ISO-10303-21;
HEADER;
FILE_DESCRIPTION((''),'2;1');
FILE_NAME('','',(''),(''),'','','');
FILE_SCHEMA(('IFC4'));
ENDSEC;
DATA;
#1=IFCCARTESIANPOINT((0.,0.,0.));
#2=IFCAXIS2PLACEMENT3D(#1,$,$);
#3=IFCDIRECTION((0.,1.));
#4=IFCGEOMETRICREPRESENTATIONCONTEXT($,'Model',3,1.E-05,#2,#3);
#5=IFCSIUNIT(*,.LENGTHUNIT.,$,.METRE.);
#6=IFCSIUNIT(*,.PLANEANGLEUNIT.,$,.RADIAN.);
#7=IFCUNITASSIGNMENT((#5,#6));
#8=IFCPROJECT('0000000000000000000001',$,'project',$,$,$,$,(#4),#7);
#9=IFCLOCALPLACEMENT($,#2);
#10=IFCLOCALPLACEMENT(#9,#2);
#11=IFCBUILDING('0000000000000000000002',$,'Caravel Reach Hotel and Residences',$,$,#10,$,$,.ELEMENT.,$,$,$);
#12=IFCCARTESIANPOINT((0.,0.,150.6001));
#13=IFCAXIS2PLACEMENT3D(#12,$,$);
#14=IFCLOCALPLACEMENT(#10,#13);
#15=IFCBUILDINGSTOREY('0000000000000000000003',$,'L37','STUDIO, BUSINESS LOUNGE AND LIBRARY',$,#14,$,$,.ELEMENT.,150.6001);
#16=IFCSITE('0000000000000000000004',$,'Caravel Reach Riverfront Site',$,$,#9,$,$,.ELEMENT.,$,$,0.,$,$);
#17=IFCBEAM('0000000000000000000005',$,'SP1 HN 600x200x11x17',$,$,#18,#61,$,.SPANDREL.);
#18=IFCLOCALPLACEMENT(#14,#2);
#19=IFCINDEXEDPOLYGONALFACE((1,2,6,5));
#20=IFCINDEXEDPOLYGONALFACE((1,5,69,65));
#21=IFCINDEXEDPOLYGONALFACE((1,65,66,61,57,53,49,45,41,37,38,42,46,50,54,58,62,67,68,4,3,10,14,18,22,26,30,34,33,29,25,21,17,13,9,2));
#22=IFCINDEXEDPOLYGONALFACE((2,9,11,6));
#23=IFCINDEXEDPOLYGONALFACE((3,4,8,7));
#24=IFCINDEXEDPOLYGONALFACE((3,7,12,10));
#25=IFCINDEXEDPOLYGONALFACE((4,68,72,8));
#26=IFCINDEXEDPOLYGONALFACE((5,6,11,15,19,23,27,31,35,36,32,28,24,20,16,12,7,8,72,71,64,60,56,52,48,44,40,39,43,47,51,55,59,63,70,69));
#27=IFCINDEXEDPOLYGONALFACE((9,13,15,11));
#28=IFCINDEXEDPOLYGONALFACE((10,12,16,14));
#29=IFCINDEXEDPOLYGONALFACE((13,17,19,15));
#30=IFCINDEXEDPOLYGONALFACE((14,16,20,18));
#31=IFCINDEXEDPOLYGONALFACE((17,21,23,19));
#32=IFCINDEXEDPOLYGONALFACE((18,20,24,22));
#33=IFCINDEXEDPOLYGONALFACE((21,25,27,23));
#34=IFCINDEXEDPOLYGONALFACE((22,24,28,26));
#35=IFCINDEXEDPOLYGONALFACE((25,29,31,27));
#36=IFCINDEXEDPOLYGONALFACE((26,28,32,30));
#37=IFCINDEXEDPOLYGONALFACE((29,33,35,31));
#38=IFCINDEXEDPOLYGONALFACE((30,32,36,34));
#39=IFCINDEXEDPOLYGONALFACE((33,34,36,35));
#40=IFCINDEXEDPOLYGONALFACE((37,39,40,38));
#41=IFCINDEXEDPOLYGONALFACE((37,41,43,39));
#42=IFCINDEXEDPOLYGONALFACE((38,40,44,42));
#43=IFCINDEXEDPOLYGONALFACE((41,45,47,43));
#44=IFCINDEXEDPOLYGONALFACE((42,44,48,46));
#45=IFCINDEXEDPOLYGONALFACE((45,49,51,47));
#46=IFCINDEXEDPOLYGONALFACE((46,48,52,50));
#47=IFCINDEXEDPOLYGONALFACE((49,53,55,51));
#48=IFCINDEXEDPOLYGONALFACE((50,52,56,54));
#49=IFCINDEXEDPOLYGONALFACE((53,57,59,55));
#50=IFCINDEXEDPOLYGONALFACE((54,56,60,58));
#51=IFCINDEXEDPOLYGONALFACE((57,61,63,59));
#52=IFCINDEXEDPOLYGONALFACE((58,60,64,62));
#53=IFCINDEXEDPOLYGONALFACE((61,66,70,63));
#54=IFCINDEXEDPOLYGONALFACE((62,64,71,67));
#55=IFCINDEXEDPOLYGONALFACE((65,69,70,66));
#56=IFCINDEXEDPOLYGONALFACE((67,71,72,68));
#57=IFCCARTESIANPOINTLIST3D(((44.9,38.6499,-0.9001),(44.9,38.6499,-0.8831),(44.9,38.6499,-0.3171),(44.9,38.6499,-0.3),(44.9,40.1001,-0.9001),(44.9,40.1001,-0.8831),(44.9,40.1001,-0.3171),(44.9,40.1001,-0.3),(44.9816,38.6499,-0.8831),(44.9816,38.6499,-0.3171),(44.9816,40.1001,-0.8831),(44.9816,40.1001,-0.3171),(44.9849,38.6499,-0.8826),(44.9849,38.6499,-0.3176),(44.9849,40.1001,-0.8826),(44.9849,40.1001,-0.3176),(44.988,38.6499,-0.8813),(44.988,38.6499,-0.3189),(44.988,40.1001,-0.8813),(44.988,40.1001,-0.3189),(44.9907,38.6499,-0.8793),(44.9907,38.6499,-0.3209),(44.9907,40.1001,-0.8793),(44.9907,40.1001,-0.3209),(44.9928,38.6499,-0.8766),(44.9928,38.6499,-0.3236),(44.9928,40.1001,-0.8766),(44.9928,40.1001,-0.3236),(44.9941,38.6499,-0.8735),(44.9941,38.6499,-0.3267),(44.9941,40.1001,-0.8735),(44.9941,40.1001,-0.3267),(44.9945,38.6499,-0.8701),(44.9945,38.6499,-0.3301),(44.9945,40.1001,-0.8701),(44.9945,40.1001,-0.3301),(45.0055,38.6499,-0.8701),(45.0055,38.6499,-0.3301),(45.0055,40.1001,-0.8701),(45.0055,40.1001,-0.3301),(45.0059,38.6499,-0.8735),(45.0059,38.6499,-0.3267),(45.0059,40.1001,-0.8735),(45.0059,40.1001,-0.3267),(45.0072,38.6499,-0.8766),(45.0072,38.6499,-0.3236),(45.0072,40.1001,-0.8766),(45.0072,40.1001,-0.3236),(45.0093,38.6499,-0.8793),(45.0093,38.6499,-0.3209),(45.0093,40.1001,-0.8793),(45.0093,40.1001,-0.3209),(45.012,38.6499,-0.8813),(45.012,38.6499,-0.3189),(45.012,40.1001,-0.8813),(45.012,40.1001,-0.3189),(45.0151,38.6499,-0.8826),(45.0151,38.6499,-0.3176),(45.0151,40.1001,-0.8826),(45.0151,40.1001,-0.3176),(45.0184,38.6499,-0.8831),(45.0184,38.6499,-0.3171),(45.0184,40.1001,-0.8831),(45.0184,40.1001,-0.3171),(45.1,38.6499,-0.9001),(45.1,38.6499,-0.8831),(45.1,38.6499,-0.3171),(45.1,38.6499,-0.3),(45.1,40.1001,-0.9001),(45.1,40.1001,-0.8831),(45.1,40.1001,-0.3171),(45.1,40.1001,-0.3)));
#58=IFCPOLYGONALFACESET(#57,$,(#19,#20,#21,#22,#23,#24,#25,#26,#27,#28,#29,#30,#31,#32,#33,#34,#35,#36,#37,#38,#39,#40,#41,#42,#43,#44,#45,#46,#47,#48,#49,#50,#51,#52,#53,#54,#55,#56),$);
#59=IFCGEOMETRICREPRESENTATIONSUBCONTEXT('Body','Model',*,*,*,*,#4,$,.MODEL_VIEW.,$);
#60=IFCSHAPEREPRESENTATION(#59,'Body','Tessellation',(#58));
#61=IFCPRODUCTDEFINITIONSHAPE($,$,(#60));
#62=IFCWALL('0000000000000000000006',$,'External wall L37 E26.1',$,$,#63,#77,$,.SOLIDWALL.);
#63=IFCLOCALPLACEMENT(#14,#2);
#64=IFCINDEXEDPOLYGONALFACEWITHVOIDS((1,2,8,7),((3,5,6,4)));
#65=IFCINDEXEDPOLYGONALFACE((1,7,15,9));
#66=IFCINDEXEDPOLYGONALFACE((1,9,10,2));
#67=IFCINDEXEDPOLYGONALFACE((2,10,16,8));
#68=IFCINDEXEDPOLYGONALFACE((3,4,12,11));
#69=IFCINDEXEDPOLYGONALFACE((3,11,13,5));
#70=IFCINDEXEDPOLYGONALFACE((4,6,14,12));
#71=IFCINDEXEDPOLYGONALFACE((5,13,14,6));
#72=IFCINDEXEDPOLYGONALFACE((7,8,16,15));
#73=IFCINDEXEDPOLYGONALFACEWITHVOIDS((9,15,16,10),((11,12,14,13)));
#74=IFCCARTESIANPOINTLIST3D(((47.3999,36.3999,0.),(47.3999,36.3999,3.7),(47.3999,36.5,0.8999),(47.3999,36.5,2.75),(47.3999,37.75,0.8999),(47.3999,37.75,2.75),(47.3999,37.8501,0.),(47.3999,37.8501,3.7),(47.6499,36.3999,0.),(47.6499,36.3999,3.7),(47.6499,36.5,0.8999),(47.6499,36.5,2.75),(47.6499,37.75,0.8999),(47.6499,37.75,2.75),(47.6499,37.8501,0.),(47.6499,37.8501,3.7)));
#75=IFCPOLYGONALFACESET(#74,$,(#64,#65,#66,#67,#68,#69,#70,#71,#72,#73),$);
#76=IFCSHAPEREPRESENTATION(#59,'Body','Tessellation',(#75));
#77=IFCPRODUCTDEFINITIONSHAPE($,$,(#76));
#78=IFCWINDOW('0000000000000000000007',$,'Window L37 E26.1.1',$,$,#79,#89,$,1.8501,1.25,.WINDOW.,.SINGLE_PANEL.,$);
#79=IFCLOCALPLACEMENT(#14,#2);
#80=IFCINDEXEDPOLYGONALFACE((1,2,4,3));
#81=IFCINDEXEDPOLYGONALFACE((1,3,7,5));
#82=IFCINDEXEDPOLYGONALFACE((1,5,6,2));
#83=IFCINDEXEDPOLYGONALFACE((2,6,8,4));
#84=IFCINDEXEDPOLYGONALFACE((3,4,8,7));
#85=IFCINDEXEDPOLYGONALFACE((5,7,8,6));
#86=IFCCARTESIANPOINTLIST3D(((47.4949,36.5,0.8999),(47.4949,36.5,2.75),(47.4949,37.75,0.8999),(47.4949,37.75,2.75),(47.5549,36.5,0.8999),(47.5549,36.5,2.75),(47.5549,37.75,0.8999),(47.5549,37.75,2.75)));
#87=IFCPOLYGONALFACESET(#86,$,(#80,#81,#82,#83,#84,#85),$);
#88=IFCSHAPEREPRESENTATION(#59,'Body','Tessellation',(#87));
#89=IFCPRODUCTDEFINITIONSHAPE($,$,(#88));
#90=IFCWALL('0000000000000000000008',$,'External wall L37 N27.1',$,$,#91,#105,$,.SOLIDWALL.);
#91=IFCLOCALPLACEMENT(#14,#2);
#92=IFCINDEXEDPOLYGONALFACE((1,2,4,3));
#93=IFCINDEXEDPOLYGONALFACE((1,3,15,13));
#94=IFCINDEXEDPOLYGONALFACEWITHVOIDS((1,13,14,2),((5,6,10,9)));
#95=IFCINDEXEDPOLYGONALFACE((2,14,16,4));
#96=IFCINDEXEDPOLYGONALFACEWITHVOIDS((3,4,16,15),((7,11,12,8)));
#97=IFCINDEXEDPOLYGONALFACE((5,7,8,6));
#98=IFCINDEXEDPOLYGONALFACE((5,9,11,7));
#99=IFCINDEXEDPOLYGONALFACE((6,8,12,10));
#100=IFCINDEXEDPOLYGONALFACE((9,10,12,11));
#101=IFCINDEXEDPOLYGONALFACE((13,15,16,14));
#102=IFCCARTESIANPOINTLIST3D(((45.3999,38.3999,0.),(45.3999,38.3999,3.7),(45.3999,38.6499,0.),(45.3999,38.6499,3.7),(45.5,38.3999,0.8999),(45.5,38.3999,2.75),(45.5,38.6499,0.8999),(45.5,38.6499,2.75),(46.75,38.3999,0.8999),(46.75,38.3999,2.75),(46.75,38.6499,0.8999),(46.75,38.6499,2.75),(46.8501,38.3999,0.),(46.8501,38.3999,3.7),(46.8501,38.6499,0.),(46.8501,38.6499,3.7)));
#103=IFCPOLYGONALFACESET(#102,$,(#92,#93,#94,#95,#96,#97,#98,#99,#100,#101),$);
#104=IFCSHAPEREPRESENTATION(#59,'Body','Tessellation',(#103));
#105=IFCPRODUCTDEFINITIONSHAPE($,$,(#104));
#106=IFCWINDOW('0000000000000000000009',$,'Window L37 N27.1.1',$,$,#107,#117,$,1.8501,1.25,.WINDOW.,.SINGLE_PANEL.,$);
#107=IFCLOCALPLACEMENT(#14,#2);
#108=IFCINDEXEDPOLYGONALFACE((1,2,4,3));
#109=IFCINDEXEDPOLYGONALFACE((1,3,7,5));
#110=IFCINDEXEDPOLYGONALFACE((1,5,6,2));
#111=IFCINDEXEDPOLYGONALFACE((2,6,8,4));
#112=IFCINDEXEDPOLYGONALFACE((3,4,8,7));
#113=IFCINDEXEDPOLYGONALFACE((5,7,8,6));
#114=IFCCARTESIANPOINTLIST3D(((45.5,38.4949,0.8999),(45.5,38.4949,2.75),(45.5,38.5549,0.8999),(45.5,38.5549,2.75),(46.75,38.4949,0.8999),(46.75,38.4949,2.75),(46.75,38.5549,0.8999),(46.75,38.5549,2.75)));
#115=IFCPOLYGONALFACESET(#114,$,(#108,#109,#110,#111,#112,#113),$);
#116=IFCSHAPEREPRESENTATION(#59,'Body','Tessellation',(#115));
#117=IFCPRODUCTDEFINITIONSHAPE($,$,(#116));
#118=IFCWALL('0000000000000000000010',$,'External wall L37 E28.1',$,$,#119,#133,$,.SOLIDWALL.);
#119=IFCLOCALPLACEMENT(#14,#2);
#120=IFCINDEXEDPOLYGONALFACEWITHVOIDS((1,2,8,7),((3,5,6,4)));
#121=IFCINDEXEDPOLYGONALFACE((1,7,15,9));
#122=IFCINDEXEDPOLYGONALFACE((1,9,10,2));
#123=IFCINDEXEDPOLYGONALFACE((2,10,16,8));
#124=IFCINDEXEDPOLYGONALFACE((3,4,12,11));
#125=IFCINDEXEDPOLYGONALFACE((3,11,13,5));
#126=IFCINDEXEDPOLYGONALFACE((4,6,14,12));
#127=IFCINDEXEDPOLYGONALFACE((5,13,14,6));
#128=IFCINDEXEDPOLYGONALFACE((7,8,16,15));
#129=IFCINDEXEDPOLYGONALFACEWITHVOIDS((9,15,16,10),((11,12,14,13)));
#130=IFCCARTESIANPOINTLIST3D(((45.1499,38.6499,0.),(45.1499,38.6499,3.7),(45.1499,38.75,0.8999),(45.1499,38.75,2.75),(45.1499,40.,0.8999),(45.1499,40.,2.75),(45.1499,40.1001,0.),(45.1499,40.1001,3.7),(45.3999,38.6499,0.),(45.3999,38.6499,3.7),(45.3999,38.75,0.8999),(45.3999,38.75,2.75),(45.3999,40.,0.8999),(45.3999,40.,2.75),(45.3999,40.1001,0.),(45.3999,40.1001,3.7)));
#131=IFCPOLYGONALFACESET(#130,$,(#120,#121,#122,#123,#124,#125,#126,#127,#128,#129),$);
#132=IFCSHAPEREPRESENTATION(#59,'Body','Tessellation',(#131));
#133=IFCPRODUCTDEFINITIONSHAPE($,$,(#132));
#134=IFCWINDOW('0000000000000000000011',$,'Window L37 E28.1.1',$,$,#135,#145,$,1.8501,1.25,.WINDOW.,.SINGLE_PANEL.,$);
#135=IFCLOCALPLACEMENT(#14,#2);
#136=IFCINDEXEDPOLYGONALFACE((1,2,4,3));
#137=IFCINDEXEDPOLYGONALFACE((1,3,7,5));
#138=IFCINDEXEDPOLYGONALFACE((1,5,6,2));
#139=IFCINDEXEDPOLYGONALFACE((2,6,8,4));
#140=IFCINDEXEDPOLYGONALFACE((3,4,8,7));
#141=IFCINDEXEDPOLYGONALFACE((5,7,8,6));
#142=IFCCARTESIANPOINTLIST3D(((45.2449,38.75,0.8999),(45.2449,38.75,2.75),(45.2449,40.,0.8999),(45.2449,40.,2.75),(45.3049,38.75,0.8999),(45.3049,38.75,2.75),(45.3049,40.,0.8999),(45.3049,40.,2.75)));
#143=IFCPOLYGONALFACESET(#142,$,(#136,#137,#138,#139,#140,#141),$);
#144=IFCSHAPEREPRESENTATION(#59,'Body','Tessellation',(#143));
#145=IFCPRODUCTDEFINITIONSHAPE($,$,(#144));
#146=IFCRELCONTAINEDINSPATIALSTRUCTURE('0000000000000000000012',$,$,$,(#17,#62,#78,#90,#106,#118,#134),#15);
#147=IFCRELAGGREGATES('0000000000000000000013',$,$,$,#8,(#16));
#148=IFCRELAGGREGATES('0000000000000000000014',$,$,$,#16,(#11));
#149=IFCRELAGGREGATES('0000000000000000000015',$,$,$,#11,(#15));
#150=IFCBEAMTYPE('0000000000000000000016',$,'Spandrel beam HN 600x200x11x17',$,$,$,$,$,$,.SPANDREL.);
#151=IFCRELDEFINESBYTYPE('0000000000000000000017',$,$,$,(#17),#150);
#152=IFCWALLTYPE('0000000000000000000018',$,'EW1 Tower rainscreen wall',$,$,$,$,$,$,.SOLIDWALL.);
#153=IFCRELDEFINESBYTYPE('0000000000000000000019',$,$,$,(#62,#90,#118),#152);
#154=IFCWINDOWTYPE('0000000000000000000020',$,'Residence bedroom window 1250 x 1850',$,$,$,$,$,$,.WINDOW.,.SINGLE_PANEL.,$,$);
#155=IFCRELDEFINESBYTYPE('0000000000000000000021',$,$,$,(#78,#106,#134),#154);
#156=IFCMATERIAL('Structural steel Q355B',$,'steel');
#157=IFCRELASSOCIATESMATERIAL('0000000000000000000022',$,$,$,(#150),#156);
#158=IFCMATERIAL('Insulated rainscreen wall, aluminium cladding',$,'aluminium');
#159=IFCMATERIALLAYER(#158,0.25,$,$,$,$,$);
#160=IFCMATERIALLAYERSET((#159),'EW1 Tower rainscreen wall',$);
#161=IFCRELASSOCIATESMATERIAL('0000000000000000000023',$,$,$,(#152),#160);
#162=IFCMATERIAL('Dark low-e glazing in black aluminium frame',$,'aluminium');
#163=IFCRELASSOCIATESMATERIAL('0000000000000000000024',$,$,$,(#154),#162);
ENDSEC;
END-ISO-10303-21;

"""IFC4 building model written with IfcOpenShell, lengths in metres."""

from ifc_helpers import new_model, si_unit, direction, frame, frame_2d, origin, origin_2d, place, context, subcontext, project, spatial, rectangle, i_section, extrude, material, layer, layer_set, material_profile, profile_set, type_object, element, fill, save


model = new_model("IFC4")

# Units and contexts
model_context = context("Model", 3, precision=1e-05, world=origin(), true_north=direction((0.0, 1.0)))
body_context = subcontext(model_context, "Body", "Model", "MODEL_VIEW")
ifc_project = project(units=[si_unit("LENGTHUNIT", "METRE"), si_unit("PLANEANGLEUNIT", "RADIAN")], contexts=[model_context])

# Site, building, storey
site_placement = place(None, origin())
site = spatial("IfcSite", under=ifc_project, at=site_placement, Name="Caravel Reach Riverfront Site", CompositionType="ELEMENT", RefElevation=0.0)
building_placement = place(site_placement, origin())
building = spatial("IfcBuilding", under=site, at=building_placement, Name="Caravel Reach Hotel and Residences", CompositionType="ELEMENT")
storey_placement = place(building_placement, frame((0.0, 0.0, 150.6001)))
storey = spatial("IfcBuildingStorey", under=building, at=storey_placement, Name="L37", Description="STUDIO, BUSINESS LOUNGE AND LIBRARY", CompositionType="ELEMENT", Elevation=150.6001)

# Beam
ifc_material_1 = material(Name="Structural steel Q355B", Category="steel")
ifc_material_profile_1 = material_profile(ifc_material_1, i_section(OverallWidth=0.2, OverallDepth=0.6001, WebThickness=0.011, FlangeThickness=0.0171, FilletRadius=0.0129, at=origin_2d()), Name="HN 600x200x11x17")
ifc_profile_set_1 = profile_set([ifc_material_profile_1], Name="Structural steel Q355B")
beam_type = type_object("IfcBeamType", Name="Spandrel beam HN 600x200x11x17", PredefinedType="SPANDREL", material=ifc_profile_set_1)
for number, where, z_axis, x_axis, name in (
    (1, (45.0, 38.6499, -0.6001), (0.0, 1.0, 0.0), (-1.0, 0.0, 0.0), "SP1 HN 600x200x11x17"),
):
    element("IfcBeam", number, at=place(storey_placement, frame(where, z_axis=z_axis, x_axis=x_axis)), inside=storey, type_object=beam_type, Name=name, PredefinedType="SPANDREL", context=body_context, shape_type="SweptSolid", body=[
        extrude(i_section(OverallWidth=0.2, OverallDepth=0.6001, WebThickness=0.011, FlangeThickness=0.0171, FilletRadius=0.0129, at=origin_2d()), origin(), (0.0, 0.0, 1.0), 1.4502),
    ])

# Walls, openings, windows
ifc_material_2 = material(Name="Insulated rainscreen wall, aluminium cladding", Category="aluminium")
ifc_layer = layer(ifc_material_2, 0.25)
ifc_layer_set = layer_set([ifc_layer], Name="EW1 Tower rainscreen wall")
wall_type = type_object("IfcWallType", Name="EW1 Tower rainscreen wall", PredefinedType="SOLIDWALL", material=ifc_layer_set)
wall_1_placement = place(storey_placement, frame((47.5249, 36.3999, 0.0), z_axis=(0.0, 0.0, 1.0), x_axis=(0.0, 1.0, 0.0)))
wall_1 = element("IfcWall", 2, at=wall_1_placement, inside=storey, type_object=wall_type, Name="External wall L37 E26.1", PredefinedType="SOLIDWALL", context=body_context, shape_type="SweptSolid", body=[
    extrude(rectangle(XDim=1.4502, YDim=0.25, at=frame_2d((0.7251, 0.0))), origin(), (0.0, 0.0, 1.0), 3.7),
])
opening_1_placement = place(wall_1_placement, frame((0.1001, 0.0, 0.8999)))
opening_1 = element("IfcOpeningElement", 3, at=opening_1_placement, cuts=wall_1, PredefinedType="OPENING", context=body_context, shape_type="SweptSolid", body=[
    extrude(rectangle(XDim=1.25, YDim=1.8501, at=frame_2d((0.625, 0.925))), frame((0.0, 0.135, 0.0), z_axis=(0.0, -1.0, 0.0), x_axis=(1.0, 0.0, 0.0)), (0.0, 0.0, 1.0), 0.27),
])
ifc_material_3 = material(Name="Dark low-e glazing in black aluminium frame", Category="aluminium")
window_type = type_object("IfcWindowType", Name="Residence bedroom window 1250 x 1850", PartitioningType="SINGLE_PANEL", PredefinedType="WINDOW", material=ifc_material_3)
window_1_placement = place(opening_1_placement, origin())
window_1 = element("IfcWindow", 4, at=window_1_placement, inside=storey, type_object=window_type, Name="Window L37 E26.1.1", OverallHeight=1.8501, OverallWidth=1.25, PartitioningType="SINGLE_PANEL", PredefinedType="WINDOW", context=body_context, shape_type="SweptSolid", body=[
    extrude(rectangle(XDim=1.25, YDim=1.8501, at=frame_2d((0.625, 0.925))), frame((0.0, 0.03, 0.0), z_axis=(0.0, -1.0, 0.0), x_axis=(1.0, 0.0, 0.0)), (0.0, 0.0, 1.0), 0.0601),
])
fill(opening_1, window_1)
wall_2_placement = place(storey_placement, frame((46.8501, 38.5249, 0.0), z_axis=(0.0, 0.0, 1.0), x_axis=(-1.0, 0.0, 0.0)))
wall_2 = element("IfcWall", 5, at=wall_2_placement, inside=storey, type_object=wall_type, Name="External wall L37 N27.1", PredefinedType="SOLIDWALL", context=body_context, shape_type="SweptSolid", body=[
    extrude(rectangle(XDim=1.4502, YDim=0.25, at=frame_2d((0.7251, 0.0))), origin(), (0.0, 0.0, 1.0), 3.7),
])
opening_2_placement = place(wall_2_placement, frame((0.1001, 0.0, 0.8999)))
opening_2 = element("IfcOpeningElement", 6, at=opening_2_placement, cuts=wall_2, PredefinedType="OPENING", context=body_context, shape_type="SweptSolid", body=[
    extrude(rectangle(XDim=1.25, YDim=1.8501, at=frame_2d((0.625, 0.925))), frame((0.0, 0.135, 0.0), z_axis=(0.0, -1.0, 0.0), x_axis=(1.0, 0.0, 0.0)), (0.0, 0.0, 1.0), 0.27),
])
window_2_placement = place(opening_2_placement, origin())
window_2 = element("IfcWindow", 7, at=window_2_placement, inside=storey, type_object=window_type, Name="Window L37 N27.1.1", OverallHeight=1.8501, OverallWidth=1.25, PartitioningType="SINGLE_PANEL", PredefinedType="WINDOW", context=body_context, shape_type="SweptSolid", body=[
    extrude(rectangle(XDim=1.25, YDim=1.8501, at=frame_2d((0.625, 0.925))), frame((0.0, 0.03, 0.0), z_axis=(0.0, -1.0, 0.0), x_axis=(1.0, 0.0, 0.0)), (0.0, 0.0, 1.0), 0.0601),
])
fill(opening_2, window_2)
wall_3_placement = place(storey_placement, frame((45.2749, 38.6499, 0.0), z_axis=(0.0, 0.0, 1.0), x_axis=(0.0, 1.0, 0.0)))
wall_3 = element("IfcWall", 8, at=wall_3_placement, inside=storey, type_object=wall_type, Name="External wall L37 E28.1", PredefinedType="SOLIDWALL", context=body_context, shape_type="SweptSolid", body=[
    extrude(rectangle(XDim=1.4502, YDim=0.25, at=frame_2d((0.7251, 0.0))), origin(), (0.0, 0.0, 1.0), 3.7),
])
opening_3_placement = place(wall_3_placement, frame((0.1001, 0.0, 0.8999)))
opening_3 = element("IfcOpeningElement", 9, at=opening_3_placement, cuts=wall_3, PredefinedType="OPENING", context=body_context, shape_type="SweptSolid", body=[
    extrude(rectangle(XDim=1.25, YDim=1.8501, at=frame_2d((0.625, 0.925))), frame((0.0, 0.135, 0.0), z_axis=(0.0, -1.0, 0.0), x_axis=(1.0, 0.0, 0.0)), (0.0, 0.0, 1.0), 0.27),
])
window_3_placement = place(opening_3_placement, origin())
window_3 = element("IfcWindow", 10, at=window_3_placement, inside=storey, type_object=window_type, Name="Window L37 E28.1.1", OverallHeight=1.8501, OverallWidth=1.25, PartitioningType="SINGLE_PANEL", PredefinedType="WINDOW", context=body_context, shape_type="SweptSolid", body=[
    extrude(rectangle(XDim=1.25, YDim=1.8501, at=frame_2d((0.625, 0.925))), frame((0.0, 0.03, 0.0), z_axis=(0.0, -1.0, 0.0), x_axis=(1.0, 0.0, 0.0)), (0.0, 0.0, 1.0), 0.0601),
])
fill(opening_3, window_3)

save(model, "model.ifc")
